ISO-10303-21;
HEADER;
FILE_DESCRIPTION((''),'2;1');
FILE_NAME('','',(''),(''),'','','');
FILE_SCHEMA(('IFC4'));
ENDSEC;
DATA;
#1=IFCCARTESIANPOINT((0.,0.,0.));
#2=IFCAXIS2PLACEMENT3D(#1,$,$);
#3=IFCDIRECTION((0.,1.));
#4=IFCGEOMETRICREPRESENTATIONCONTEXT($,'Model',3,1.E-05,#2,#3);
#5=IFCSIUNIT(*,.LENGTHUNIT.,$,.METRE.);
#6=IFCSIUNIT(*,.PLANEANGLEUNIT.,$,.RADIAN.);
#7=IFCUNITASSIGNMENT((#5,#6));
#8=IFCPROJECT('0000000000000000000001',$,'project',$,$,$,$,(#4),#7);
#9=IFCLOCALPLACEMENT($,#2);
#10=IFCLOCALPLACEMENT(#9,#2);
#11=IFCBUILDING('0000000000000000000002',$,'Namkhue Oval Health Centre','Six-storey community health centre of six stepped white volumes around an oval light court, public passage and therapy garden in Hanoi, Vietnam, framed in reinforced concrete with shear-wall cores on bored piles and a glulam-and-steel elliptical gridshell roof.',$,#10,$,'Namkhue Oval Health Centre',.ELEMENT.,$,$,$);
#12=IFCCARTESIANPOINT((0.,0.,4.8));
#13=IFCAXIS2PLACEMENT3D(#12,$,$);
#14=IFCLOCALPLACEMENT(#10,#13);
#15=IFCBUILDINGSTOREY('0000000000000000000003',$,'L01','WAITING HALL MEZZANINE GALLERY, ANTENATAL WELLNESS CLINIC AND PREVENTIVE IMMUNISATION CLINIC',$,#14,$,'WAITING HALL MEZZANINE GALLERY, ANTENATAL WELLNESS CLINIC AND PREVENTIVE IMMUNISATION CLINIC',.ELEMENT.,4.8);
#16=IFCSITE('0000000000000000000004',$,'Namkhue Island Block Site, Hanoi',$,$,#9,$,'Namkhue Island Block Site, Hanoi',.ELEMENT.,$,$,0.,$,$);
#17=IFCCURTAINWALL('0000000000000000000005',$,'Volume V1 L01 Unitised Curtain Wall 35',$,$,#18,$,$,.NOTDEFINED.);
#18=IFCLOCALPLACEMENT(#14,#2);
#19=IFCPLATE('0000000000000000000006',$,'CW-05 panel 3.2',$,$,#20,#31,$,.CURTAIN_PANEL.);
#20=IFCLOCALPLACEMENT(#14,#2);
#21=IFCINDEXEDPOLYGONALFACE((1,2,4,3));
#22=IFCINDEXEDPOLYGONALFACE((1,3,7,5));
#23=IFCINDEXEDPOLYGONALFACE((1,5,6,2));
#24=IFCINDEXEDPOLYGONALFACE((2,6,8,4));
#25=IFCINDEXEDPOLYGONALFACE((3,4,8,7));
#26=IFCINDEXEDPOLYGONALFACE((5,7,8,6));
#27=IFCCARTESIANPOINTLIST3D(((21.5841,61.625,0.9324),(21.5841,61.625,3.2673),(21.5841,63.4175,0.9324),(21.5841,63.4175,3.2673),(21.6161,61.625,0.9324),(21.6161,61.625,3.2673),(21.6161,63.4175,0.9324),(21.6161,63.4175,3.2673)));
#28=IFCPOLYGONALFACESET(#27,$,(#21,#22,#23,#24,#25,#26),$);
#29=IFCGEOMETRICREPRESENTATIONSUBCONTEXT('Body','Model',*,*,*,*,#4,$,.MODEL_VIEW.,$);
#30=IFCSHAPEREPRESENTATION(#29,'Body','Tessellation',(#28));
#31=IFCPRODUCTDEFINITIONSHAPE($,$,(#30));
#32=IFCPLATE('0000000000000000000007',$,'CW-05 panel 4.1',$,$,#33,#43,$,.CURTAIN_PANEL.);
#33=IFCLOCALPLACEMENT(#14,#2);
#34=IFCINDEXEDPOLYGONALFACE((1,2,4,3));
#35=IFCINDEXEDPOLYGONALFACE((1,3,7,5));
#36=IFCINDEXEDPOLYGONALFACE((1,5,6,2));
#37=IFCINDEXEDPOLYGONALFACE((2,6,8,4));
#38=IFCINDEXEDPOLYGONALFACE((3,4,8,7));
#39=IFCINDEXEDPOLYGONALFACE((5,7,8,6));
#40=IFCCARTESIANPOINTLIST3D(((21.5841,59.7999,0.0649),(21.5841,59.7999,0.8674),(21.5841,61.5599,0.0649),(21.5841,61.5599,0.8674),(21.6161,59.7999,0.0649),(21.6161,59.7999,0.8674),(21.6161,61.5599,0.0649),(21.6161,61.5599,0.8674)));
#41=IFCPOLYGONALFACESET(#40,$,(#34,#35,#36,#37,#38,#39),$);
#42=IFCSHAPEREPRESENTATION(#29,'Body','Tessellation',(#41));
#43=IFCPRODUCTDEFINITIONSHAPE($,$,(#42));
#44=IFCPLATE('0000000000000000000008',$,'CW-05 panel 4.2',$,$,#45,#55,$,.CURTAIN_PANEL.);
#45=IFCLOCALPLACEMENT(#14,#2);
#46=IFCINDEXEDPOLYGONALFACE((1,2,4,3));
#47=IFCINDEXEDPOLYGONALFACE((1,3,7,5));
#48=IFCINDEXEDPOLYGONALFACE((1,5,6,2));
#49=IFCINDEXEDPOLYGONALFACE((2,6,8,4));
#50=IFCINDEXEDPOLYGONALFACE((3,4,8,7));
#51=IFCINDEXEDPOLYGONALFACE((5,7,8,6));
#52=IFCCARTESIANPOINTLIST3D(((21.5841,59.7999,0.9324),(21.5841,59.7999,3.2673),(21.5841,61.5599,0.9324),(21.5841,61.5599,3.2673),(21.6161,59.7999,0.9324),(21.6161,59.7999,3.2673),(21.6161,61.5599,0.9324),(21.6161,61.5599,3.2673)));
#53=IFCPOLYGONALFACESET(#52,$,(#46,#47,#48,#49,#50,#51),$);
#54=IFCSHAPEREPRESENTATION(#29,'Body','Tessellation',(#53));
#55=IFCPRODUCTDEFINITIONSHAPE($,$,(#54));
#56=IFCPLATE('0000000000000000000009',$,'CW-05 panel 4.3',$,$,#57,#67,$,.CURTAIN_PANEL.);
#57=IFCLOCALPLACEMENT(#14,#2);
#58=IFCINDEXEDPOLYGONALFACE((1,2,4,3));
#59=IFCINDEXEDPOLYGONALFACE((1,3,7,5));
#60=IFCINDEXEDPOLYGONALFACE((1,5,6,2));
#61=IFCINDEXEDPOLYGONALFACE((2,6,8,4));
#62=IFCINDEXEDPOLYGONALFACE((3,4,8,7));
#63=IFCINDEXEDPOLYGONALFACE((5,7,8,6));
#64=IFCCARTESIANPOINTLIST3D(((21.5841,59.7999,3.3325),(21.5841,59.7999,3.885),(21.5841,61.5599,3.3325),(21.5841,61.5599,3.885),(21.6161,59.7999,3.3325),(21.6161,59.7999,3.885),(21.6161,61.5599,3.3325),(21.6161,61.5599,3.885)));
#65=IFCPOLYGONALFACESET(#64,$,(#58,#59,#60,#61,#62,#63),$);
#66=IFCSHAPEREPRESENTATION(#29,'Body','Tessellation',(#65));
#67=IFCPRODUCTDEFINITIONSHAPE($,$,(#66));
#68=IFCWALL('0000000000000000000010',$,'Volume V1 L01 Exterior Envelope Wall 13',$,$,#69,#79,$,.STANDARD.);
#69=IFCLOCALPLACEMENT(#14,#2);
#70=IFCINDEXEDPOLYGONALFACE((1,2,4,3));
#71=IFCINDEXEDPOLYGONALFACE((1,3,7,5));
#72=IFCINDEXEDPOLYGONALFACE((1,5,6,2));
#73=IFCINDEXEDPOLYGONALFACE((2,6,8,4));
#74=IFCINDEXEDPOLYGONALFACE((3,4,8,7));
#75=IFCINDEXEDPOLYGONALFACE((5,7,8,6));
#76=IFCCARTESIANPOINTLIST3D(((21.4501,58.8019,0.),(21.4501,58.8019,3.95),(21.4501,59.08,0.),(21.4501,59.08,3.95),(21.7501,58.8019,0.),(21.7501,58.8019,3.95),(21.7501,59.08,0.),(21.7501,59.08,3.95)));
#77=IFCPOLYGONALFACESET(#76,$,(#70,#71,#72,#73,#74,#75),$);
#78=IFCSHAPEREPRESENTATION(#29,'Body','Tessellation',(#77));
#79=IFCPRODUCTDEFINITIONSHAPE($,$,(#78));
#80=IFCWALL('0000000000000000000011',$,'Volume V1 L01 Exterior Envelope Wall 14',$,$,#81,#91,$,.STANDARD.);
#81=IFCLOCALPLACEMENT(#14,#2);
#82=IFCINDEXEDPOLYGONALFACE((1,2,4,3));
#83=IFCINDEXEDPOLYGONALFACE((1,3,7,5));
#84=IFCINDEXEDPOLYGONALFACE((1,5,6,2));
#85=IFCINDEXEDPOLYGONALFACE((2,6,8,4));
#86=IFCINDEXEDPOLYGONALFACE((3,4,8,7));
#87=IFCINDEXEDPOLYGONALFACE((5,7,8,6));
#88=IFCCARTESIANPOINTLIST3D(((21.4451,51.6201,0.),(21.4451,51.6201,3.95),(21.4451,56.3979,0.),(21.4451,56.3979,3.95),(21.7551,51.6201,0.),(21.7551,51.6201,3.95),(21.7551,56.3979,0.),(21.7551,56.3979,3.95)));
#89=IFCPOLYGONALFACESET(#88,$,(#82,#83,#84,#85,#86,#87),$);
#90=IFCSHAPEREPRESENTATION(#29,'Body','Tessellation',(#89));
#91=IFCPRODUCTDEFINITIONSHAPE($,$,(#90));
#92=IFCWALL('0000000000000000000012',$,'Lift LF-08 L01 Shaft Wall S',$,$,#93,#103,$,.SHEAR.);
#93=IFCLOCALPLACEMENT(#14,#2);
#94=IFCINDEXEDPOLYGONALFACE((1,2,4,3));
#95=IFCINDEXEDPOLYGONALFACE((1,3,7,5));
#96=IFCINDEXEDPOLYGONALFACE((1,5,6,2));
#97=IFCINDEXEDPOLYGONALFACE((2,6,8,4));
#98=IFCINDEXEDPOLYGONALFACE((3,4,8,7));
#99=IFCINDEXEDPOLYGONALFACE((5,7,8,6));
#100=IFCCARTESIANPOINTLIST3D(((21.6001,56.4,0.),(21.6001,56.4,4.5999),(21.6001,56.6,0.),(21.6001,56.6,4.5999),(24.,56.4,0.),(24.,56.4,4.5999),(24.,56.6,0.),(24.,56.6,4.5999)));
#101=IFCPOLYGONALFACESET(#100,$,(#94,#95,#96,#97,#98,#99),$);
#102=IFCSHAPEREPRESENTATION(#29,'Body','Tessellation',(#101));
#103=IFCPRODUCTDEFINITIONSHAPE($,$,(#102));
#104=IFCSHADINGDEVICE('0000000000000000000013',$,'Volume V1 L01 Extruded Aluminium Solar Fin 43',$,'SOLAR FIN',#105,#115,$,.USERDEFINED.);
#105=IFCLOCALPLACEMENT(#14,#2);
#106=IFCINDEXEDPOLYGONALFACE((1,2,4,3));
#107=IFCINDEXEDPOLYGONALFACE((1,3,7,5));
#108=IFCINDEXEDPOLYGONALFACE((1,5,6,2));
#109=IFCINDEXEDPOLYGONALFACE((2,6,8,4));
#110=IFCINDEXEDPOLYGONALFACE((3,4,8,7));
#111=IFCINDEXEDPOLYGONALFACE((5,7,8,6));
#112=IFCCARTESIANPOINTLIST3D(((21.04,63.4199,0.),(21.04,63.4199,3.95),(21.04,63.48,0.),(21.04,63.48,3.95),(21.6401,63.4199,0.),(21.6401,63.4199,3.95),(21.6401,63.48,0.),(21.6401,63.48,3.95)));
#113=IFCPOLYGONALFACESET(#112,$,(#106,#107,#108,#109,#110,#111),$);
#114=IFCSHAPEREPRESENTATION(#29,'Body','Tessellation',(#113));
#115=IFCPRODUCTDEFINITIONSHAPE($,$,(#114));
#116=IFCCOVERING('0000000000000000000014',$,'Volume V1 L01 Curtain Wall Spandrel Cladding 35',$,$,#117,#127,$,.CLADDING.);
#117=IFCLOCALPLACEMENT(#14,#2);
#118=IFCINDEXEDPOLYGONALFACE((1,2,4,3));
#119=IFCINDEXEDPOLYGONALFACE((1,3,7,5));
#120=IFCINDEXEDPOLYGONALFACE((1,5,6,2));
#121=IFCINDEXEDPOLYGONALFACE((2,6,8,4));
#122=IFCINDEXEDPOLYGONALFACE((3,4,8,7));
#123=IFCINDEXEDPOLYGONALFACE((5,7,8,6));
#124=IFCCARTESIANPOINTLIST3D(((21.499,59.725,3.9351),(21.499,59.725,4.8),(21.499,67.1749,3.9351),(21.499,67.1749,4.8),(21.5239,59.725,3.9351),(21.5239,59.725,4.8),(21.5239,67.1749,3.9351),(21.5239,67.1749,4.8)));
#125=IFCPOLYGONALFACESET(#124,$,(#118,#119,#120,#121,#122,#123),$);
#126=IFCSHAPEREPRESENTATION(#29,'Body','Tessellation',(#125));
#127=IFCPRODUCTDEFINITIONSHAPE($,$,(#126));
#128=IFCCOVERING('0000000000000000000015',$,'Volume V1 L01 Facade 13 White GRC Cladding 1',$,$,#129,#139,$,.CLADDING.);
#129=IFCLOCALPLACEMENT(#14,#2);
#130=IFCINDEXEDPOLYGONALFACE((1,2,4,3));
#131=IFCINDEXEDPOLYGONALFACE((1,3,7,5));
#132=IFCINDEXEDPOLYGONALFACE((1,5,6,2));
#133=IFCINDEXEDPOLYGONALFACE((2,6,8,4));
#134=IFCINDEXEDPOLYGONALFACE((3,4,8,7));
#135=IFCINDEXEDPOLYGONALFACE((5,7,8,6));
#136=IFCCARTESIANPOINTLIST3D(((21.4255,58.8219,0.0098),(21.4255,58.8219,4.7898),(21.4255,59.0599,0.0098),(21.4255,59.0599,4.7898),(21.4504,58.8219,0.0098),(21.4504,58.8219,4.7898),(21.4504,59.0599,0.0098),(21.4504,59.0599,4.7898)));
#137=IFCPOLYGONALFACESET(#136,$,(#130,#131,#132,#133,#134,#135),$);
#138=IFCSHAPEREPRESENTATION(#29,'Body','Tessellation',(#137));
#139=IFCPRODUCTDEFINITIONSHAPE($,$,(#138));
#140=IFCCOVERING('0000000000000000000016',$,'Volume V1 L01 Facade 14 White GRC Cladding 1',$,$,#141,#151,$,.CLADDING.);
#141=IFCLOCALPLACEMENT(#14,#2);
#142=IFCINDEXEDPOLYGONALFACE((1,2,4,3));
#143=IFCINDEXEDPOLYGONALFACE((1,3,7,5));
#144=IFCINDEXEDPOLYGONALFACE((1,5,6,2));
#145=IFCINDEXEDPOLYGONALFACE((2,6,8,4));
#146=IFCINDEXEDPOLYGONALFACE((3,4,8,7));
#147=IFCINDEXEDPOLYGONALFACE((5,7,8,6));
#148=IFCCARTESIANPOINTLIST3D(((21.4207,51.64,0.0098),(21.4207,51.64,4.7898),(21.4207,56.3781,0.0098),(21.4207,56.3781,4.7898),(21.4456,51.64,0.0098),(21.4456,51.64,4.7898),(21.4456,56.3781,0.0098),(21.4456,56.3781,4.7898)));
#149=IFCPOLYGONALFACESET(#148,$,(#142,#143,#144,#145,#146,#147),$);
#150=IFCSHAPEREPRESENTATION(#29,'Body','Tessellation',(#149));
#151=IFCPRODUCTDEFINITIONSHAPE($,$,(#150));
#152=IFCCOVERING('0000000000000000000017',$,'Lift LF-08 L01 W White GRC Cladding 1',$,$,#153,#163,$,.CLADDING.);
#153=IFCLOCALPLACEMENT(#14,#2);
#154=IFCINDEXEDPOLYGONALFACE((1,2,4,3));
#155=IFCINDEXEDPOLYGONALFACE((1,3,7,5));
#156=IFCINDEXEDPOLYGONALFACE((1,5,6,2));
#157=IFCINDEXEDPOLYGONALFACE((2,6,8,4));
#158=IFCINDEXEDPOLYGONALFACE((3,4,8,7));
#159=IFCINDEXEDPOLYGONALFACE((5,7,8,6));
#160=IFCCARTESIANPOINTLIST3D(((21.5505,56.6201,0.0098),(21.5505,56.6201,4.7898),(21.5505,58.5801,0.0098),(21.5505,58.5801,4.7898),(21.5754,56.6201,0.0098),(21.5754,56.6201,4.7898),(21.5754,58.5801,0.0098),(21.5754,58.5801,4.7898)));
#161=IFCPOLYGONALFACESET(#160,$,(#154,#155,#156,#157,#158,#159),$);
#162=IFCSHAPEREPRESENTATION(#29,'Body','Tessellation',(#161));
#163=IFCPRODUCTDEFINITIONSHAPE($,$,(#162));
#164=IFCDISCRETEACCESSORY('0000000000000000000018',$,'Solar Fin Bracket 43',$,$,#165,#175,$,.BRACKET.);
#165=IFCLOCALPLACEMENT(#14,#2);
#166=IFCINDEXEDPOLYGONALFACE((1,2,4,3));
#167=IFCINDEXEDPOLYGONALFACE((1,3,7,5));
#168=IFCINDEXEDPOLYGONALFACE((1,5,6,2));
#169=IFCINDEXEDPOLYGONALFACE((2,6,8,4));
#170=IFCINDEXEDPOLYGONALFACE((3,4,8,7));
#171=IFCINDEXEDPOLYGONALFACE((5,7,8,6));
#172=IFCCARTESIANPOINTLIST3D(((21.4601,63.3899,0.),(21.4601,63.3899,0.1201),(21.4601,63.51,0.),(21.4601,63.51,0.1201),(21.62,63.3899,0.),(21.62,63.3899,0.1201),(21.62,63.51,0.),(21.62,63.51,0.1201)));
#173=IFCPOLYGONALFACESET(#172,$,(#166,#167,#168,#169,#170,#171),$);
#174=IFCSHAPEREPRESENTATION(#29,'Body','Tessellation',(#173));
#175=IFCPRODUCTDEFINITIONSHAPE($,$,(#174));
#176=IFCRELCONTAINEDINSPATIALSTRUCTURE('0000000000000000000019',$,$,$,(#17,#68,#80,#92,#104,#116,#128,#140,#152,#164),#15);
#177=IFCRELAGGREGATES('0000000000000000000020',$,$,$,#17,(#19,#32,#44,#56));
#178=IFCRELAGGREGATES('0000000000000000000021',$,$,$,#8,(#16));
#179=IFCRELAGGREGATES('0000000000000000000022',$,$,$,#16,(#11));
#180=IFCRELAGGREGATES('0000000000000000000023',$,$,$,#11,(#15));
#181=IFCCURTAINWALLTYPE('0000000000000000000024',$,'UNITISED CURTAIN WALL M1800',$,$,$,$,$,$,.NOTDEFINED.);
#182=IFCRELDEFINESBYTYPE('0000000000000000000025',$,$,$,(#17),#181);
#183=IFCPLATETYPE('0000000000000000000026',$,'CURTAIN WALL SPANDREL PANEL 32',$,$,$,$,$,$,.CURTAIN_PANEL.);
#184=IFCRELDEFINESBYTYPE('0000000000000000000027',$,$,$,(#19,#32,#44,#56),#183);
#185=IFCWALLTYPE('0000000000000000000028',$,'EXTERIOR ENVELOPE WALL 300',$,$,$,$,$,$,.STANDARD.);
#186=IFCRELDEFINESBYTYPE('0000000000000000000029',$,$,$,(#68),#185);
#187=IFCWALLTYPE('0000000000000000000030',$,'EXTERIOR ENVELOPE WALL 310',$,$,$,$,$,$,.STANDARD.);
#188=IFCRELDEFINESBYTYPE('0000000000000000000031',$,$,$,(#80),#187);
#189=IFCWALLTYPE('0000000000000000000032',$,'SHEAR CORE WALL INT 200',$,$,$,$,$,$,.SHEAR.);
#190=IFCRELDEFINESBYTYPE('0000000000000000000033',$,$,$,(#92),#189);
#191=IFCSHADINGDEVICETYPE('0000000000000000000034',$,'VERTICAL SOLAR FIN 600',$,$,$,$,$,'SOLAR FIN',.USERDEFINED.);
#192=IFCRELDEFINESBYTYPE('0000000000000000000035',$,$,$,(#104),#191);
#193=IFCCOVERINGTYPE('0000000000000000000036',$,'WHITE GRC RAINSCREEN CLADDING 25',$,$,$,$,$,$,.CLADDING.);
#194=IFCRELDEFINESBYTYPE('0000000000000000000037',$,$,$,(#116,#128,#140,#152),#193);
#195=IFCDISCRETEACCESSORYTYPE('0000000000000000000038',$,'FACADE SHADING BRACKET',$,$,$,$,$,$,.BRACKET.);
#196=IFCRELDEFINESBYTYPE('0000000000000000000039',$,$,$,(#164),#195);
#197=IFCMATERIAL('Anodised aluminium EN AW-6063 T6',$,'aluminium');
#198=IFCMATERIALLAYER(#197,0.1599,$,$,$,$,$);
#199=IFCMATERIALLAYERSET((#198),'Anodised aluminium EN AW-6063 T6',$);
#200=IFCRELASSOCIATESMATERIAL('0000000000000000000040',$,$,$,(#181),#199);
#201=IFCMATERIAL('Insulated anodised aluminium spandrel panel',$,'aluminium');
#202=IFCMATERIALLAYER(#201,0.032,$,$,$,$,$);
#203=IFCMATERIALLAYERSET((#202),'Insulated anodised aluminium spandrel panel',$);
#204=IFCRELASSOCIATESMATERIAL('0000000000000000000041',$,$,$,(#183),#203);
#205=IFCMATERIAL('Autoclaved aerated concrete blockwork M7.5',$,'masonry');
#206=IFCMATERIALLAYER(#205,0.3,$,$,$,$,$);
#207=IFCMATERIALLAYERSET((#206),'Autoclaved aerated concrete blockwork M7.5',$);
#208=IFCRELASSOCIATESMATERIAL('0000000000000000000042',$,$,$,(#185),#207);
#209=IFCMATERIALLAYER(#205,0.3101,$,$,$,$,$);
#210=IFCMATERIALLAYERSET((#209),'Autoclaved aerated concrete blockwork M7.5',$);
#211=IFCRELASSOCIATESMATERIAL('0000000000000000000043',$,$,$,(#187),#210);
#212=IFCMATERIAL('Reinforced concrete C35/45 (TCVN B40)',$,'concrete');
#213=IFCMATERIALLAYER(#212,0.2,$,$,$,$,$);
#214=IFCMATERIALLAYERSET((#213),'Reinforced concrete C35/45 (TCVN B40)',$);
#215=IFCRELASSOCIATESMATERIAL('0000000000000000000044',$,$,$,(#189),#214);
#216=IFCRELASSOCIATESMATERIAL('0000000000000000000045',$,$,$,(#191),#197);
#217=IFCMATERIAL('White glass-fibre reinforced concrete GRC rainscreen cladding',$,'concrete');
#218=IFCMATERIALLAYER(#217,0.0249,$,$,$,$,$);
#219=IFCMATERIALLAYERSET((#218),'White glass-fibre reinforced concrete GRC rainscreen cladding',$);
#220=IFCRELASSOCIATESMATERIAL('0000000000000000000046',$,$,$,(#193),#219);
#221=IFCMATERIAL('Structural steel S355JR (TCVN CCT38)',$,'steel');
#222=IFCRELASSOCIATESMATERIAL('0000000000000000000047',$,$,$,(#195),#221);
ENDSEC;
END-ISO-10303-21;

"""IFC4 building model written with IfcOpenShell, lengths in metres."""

from ifc_helpers import new_model, si_unit, direction, frame, frame_2d, origin, origin_2d, place, context, subcontext, project, spatial, rectangle, extrude, material, layer, layer_set, type_object, element, aggregate, save


model = new_model("IFC4")

# Units and contexts
model_context = context("Model", 3, precision=1e-05, world=origin(), true_north=direction((0.0, 1.0)))
body_context = subcontext(model_context, "Body", "Model", "MODEL_VIEW")
ifc_project = project(units=[si_unit("LENGTHUNIT", "METRE"), si_unit("PLANEANGLEUNIT", "RADIAN")], contexts=[model_context])

# Site, building, storey
site_placement = place(None, origin())
site = spatial("IfcSite", under=ifc_project, at=site_placement, Name="Namkhue Island Block Site, Hanoi", LongName="Namkhue Island Block Site, Hanoi", CompositionType="ELEMENT", RefElevation=0.0)
building_placement = place(site_placement, origin())
building = spatial("IfcBuilding", under=site, at=building_placement, Name="Namkhue Oval Health Centre", Description="Six-storey community health centre of six stepped white volumes around an oval light court, public passage and therapy garden in Hanoi, Vietnam, framed in reinforced concrete with shear-wall cores on bored piles and a glulam-and-steel elliptical gridshell roof.", LongName="Namkhue Oval Health Centre", CompositionType="ELEMENT")
storey_placement = place(building_placement, frame((0.0, 0.0, 4.8)))
storey = spatial("IfcBuildingStorey", under=building, at=storey_placement, Name="L01", Description="WAITING HALL MEZZANINE GALLERY, ANTENATAL WELLNESS CLINIC AND PREVENTIVE IMMUNISATION CLINIC", LongName="WAITING HALL MEZZANINE GALLERY, ANTENATAL WELLNESS CLINIC AND PREVENTIVE IMMUNISATION CLINIC", CompositionType="ELEMENT", Elevation=4.8)

# Shared definitions
ifc_material_1 = material(Name="Reinforced concrete C35/45 (TCVN B40)", Category="concrete")

# Curtain wall
ifc_material_2 = material(Name="Anodised aluminium EN AW-6063 T6", Category="aluminium")
ifc_layer_1 = layer(ifc_material_2, 0.1599)
ifc_layer_set_1 = layer_set([ifc_layer_1], Name="Anodised aluminium EN AW-6063 T6")
curtain_wall_type = type_object("IfcCurtainWallType", Name="UNITISED CURTAIN WALL M1800", PredefinedType="NOTDEFINED", material=ifc_layer_set_1)
curtain_wall_placement = place(storey_placement, origin())
curtain_wall = element("IfcCurtainWall", 1, at=curtain_wall_placement, inside=storey, type_object=curtain_wall_type, Name="Volume V1 L01 Unitised Curtain Wall 35", PredefinedType="NOTDEFINED")

# Plates
ifc_material_3 = material(Name="Insulated anodised aluminium spandrel panel", Category="aluminium")
ifc_layer_2 = layer(ifc_material_3, 0.032)
ifc_layer_set_2 = layer_set([ifc_layer_2], Name="Insulated anodised aluminium spandrel panel")
plate_type = type_object("IfcPlateType", Name="CURTAIN WALL SPANDREL PANEL 32", PredefinedType="CURTAIN_PANEL", material=ifc_layer_set_2)
plate_1_placement = place(storey_placement, frame((21.6001, 62.5212, 0.9324), z_axis=(0.0, 0.0, 1.0), x_axis=(0.0, -1.0, 0.0)))
plate_1 = element("IfcPlate", 2, at=plate_1_placement, type_object=plate_type, Name="CW-05 panel 3.2", PredefinedType="CURTAIN_PANEL", context=body_context, shape_type="SweptSolid", body=[
    extrude(rectangle(XDim=1.7925, YDim=0.032, at=origin_2d()), origin(), (0.0, 0.0, 1.0), 2.335),
])
plate_2_placement = place(storey_placement, frame((21.6001, 60.6799, 0.0649), z_axis=(0.0, 0.0, 1.0), x_axis=(0.0, -1.0, 0.0)))
plate_2 = element("IfcPlate", 3, at=plate_2_placement, type_object=plate_type, Name="CW-05 panel 4.1", PredefinedType="CURTAIN_PANEL", context=body_context, shape_type="SweptSolid", body=[
    extrude(rectangle(XDim=1.76, YDim=0.032, at=origin_2d()), origin(), (0.0, 0.0, 1.0), 0.8025),
])
plate_3_placement = place(storey_placement, frame((21.6001, 60.6799, 0.9324), z_axis=(0.0, 0.0, 1.0), x_axis=(0.0, -1.0, 0.0)))
plate_3 = element("IfcPlate", 4, at=plate_3_placement, type_object=plate_type, Name="CW-05 panel 4.2", PredefinedType="CURTAIN_PANEL", context=body_context, shape_type="SweptSolid", body=[
    extrude(rectangle(XDim=1.76, YDim=0.032, at=origin_2d()), origin(), (0.0, 0.0, 1.0), 2.335),
])
plate_4_placement = place(storey_placement, frame((21.6001, 60.6799, 3.3325), z_axis=(0.0, 0.0, 1.0), x_axis=(0.0, -1.0, 0.0)))
plate_4 = element("IfcPlate", 5, at=plate_4_placement, type_object=plate_type, Name="CW-05 panel 4.3", PredefinedType="CURTAIN_PANEL", context=body_context, shape_type="SweptSolid", body=[
    extrude(rectangle(XDim=1.76, YDim=0.032, at=origin_2d()), origin(), (0.0, 0.0, 1.0), 0.5525),
])
aggregate(curtain_wall, [plate_1, plate_2, plate_3, plate_4])

# Walls
ifc_material_4 = material(Name="Autoclaved aerated concrete blockwork M7.5", Category="masonry")
ifc_layer_3 = layer(ifc_material_4, 0.3)
ifc_layer_set_3 = layer_set([ifc_layer_3], Name="Autoclaved aerated concrete blockwork M7.5")
wall_type_1 = type_object("IfcWallType", Name="EXTERIOR ENVELOPE WALL 300", PredefinedType="STANDARD", material=ifc_layer_set_3)
wall_1_placement = place(storey_placement, frame((21.6001, 59.0801, 0.0), z_axis=(0.0, 0.0, 1.0), x_axis=(0.0, -1.0, 0.0)))
element("IfcWall", 6, at=wall_1_placement, inside=storey, type_object=wall_type_1, Name="Volume V1 L01 Exterior Envelope Wall 13", PredefinedType="STANDARD", context=body_context, shape_type="SweptSolid", body=[
    extrude(rectangle(XDim=0.2781, YDim=0.3, at=frame_2d((0.1392, 0.0))), origin(), (0.0, 0.0, 1.0), 3.95),
])
ifc_layer_4 = layer(ifc_material_4, 0.3101)
ifc_layer_set_4 = layer_set([ifc_layer_4], Name="Autoclaved aerated concrete blockwork M7.5")
wall_type_2 = type_object("IfcWallType", Name="EXTERIOR ENVELOPE WALL 310", PredefinedType="STANDARD", material=ifc_layer_set_4)
wall_2_placement = place(storey_placement, frame((21.6001, 56.3979, 0.0), z_axis=(0.0, 0.0, 1.0), x_axis=(0.0, -1.0, 0.0)))
element("IfcWall", 7, at=wall_2_placement, inside=storey, type_object=wall_type_2, Name="Volume V1 L01 Exterior Envelope Wall 14", PredefinedType="STANDARD", context=body_context, shape_type="SweptSolid", body=[
    extrude(rectangle(XDim=4.7778, YDim=0.3101, at=frame_2d((2.3889, 0.0))), origin(), (0.0, 0.0, 1.0), 3.95),
])
ifc_layer_5 = layer(ifc_material_1, 0.2)
ifc_layer_set_5 = layer_set([ifc_layer_5], Name="Reinforced concrete C35/45 (TCVN B40)")
wall_type_3 = type_object("IfcWallType", Name="SHEAR CORE WALL INT 200", PredefinedType="SHEAR", material=ifc_layer_set_5)
wall_3_placement = place(storey_placement, frame((21.6001, 56.5, 0.0), z_axis=(0.0, 0.0, 1.0), x_axis=(1.0, 0.0, 0.0)))
element("IfcWall", 8, at=wall_3_placement, inside=storey, type_object=wall_type_3, Name="Lift LF-08 L01 Shaft Wall S", PredefinedType="SHEAR", context=body_context, shape_type="SweptSolid", body=[
    extrude(rectangle(XDim=2.3999, YDim=0.2, at=frame_2d((1.2, 0.0))), origin(), (0.0, 0.0, 1.0), 4.5999),
])

# Shading device
shading_device_type = type_object("IfcShadingDeviceType", Name="VERTICAL SOLAR FIN 600", ElementType="SOLAR FIN", PredefinedType="USERDEFINED", material=ifc_material_2)
shading_device_placement = place(storey_placement, frame((21.3401, 63.45, 0.0), z_axis=(0.0, 0.0, 1.0), x_axis=(-1.0, 0.0, 0.0)))
element("IfcShadingDevice", 9, at=shading_device_placement, inside=storey, type_object=shading_device_type, Name="Volume V1 L01 Extruded Aluminium Solar Fin 43", ObjectType="SOLAR FIN", PredefinedType="USERDEFINED", context=body_context, shape_type="SweptSolid", body=[
    extrude(rectangle(XDim=0.6001, YDim=0.0601, at=origin_2d()), origin(), (0.0, 0.0, 1.0), 3.95),
])

# Coverings
ifc_material_5 = material(Name="White glass-fibre reinforced concrete GRC rainscreen cladding", Category="concrete")
ifc_layer_6 = layer(ifc_material_5, 0.0249)
ifc_layer_set_6 = layer_set([ifc_layer_6], Name="White glass-fibre reinforced concrete GRC rainscreen cladding")
covering_type = type_object("IfcCoveringType", Name="WHITE GRC RAINSCREEN CLADDING 25", PredefinedType="CLADDING", material=ifc_layer_set_6)
covering_1_placement = place(storey_placement, frame((21.5115, 63.45, 3.9351), z_axis=(0.0, 0.0, 1.0), x_axis=(0.0, -1.0, 0.0)))
element("IfcCovering", 10, at=covering_1_placement, inside=storey, type_object=covering_type, Name="Volume V1 L01 Curtain Wall Spandrel Cladding 35", PredefinedType="CLADDING", context=body_context, shape_type="SweptSolid", body=[
    extrude(rectangle(XDim=7.45, YDim=0.0249, at=origin_2d()), origin(), (0.0, 0.0, 1.0), 0.865),
])
covering_2_placement = place(storey_placement, frame((21.438, 58.9409, 0.0098), z_axis=(0.0, 0.0, 1.0), x_axis=(0.0, -1.0, 0.0)))
element("IfcCovering", 11, at=covering_2_placement, inside=storey, type_object=covering_type, Name="Volume V1 L01 Facade 13 White GRC Cladding 1", PredefinedType="CLADDING", context=body_context, shape_type="SweptSolid", body=[
    extrude(rectangle(XDim=0.238, YDim=0.0249, at=origin_2d()), origin(), (0.0, 0.0, 1.0), 4.78),
])
covering_3_placement = place(storey_placement, frame((21.4331, 54.009, 0.0098), z_axis=(0.0, 0.0, 1.0), x_axis=(0.0, -1.0, 0.0)))
element("IfcCovering", 12, at=covering_3_placement, inside=storey, type_object=covering_type, Name="Volume V1 L01 Facade 14 White GRC Cladding 1", PredefinedType="CLADDING", context=body_context, shape_type="SweptSolid", body=[
    extrude(rectangle(XDim=4.738, YDim=0.0249, at=origin_2d()), origin(), (0.0, 0.0, 1.0), 4.78),
])
covering_4_placement = place(storey_placement, frame((21.563, 57.6001, 0.0098), z_axis=(0.0, 0.0, 1.0), x_axis=(0.0, -1.0, 0.0)))
element("IfcCovering", 13, at=covering_4_placement, inside=storey, type_object=covering_type, Name="Lift LF-08 L01 W White GRC Cladding 1", PredefinedType="CLADDING", context=body_context, shape_type="SweptSolid", body=[
    extrude(rectangle(XDim=1.96, YDim=0.0249, at=origin_2d()), origin(), (0.0, 0.0, 1.0), 4.78),
])

# Discrete accessory
ifc_material_6 = material(Name="Structural steel S355JR (TCVN CCT38)", Category="steel")
discrete_accessory_type = type_object("IfcDiscreteAccessoryType", Name="FACADE SHADING BRACKET", PredefinedType="BRACKET", material=ifc_material_6)
discrete_accessory_placement = place(storey_placement, frame((21.54, 63.45, 0.0), z_axis=(0.0, 0.0, 1.0), x_axis=(-1.0, 0.0, 0.0)))
element("IfcDiscreteAccessory", 14, at=discrete_accessory_placement, inside=storey, type_object=discrete_accessory_type, Name="Solar Fin Bracket 43", PredefinedType="BRACKET", context=body_context, shape_type="SweptSolid", body=[
    extrude(rectangle(XDim=0.1599, YDim=0.1201, at=origin_2d()), origin(), (0.0, 0.0, 1.0), 0.1201),
])

save(model, "model.ifc")
